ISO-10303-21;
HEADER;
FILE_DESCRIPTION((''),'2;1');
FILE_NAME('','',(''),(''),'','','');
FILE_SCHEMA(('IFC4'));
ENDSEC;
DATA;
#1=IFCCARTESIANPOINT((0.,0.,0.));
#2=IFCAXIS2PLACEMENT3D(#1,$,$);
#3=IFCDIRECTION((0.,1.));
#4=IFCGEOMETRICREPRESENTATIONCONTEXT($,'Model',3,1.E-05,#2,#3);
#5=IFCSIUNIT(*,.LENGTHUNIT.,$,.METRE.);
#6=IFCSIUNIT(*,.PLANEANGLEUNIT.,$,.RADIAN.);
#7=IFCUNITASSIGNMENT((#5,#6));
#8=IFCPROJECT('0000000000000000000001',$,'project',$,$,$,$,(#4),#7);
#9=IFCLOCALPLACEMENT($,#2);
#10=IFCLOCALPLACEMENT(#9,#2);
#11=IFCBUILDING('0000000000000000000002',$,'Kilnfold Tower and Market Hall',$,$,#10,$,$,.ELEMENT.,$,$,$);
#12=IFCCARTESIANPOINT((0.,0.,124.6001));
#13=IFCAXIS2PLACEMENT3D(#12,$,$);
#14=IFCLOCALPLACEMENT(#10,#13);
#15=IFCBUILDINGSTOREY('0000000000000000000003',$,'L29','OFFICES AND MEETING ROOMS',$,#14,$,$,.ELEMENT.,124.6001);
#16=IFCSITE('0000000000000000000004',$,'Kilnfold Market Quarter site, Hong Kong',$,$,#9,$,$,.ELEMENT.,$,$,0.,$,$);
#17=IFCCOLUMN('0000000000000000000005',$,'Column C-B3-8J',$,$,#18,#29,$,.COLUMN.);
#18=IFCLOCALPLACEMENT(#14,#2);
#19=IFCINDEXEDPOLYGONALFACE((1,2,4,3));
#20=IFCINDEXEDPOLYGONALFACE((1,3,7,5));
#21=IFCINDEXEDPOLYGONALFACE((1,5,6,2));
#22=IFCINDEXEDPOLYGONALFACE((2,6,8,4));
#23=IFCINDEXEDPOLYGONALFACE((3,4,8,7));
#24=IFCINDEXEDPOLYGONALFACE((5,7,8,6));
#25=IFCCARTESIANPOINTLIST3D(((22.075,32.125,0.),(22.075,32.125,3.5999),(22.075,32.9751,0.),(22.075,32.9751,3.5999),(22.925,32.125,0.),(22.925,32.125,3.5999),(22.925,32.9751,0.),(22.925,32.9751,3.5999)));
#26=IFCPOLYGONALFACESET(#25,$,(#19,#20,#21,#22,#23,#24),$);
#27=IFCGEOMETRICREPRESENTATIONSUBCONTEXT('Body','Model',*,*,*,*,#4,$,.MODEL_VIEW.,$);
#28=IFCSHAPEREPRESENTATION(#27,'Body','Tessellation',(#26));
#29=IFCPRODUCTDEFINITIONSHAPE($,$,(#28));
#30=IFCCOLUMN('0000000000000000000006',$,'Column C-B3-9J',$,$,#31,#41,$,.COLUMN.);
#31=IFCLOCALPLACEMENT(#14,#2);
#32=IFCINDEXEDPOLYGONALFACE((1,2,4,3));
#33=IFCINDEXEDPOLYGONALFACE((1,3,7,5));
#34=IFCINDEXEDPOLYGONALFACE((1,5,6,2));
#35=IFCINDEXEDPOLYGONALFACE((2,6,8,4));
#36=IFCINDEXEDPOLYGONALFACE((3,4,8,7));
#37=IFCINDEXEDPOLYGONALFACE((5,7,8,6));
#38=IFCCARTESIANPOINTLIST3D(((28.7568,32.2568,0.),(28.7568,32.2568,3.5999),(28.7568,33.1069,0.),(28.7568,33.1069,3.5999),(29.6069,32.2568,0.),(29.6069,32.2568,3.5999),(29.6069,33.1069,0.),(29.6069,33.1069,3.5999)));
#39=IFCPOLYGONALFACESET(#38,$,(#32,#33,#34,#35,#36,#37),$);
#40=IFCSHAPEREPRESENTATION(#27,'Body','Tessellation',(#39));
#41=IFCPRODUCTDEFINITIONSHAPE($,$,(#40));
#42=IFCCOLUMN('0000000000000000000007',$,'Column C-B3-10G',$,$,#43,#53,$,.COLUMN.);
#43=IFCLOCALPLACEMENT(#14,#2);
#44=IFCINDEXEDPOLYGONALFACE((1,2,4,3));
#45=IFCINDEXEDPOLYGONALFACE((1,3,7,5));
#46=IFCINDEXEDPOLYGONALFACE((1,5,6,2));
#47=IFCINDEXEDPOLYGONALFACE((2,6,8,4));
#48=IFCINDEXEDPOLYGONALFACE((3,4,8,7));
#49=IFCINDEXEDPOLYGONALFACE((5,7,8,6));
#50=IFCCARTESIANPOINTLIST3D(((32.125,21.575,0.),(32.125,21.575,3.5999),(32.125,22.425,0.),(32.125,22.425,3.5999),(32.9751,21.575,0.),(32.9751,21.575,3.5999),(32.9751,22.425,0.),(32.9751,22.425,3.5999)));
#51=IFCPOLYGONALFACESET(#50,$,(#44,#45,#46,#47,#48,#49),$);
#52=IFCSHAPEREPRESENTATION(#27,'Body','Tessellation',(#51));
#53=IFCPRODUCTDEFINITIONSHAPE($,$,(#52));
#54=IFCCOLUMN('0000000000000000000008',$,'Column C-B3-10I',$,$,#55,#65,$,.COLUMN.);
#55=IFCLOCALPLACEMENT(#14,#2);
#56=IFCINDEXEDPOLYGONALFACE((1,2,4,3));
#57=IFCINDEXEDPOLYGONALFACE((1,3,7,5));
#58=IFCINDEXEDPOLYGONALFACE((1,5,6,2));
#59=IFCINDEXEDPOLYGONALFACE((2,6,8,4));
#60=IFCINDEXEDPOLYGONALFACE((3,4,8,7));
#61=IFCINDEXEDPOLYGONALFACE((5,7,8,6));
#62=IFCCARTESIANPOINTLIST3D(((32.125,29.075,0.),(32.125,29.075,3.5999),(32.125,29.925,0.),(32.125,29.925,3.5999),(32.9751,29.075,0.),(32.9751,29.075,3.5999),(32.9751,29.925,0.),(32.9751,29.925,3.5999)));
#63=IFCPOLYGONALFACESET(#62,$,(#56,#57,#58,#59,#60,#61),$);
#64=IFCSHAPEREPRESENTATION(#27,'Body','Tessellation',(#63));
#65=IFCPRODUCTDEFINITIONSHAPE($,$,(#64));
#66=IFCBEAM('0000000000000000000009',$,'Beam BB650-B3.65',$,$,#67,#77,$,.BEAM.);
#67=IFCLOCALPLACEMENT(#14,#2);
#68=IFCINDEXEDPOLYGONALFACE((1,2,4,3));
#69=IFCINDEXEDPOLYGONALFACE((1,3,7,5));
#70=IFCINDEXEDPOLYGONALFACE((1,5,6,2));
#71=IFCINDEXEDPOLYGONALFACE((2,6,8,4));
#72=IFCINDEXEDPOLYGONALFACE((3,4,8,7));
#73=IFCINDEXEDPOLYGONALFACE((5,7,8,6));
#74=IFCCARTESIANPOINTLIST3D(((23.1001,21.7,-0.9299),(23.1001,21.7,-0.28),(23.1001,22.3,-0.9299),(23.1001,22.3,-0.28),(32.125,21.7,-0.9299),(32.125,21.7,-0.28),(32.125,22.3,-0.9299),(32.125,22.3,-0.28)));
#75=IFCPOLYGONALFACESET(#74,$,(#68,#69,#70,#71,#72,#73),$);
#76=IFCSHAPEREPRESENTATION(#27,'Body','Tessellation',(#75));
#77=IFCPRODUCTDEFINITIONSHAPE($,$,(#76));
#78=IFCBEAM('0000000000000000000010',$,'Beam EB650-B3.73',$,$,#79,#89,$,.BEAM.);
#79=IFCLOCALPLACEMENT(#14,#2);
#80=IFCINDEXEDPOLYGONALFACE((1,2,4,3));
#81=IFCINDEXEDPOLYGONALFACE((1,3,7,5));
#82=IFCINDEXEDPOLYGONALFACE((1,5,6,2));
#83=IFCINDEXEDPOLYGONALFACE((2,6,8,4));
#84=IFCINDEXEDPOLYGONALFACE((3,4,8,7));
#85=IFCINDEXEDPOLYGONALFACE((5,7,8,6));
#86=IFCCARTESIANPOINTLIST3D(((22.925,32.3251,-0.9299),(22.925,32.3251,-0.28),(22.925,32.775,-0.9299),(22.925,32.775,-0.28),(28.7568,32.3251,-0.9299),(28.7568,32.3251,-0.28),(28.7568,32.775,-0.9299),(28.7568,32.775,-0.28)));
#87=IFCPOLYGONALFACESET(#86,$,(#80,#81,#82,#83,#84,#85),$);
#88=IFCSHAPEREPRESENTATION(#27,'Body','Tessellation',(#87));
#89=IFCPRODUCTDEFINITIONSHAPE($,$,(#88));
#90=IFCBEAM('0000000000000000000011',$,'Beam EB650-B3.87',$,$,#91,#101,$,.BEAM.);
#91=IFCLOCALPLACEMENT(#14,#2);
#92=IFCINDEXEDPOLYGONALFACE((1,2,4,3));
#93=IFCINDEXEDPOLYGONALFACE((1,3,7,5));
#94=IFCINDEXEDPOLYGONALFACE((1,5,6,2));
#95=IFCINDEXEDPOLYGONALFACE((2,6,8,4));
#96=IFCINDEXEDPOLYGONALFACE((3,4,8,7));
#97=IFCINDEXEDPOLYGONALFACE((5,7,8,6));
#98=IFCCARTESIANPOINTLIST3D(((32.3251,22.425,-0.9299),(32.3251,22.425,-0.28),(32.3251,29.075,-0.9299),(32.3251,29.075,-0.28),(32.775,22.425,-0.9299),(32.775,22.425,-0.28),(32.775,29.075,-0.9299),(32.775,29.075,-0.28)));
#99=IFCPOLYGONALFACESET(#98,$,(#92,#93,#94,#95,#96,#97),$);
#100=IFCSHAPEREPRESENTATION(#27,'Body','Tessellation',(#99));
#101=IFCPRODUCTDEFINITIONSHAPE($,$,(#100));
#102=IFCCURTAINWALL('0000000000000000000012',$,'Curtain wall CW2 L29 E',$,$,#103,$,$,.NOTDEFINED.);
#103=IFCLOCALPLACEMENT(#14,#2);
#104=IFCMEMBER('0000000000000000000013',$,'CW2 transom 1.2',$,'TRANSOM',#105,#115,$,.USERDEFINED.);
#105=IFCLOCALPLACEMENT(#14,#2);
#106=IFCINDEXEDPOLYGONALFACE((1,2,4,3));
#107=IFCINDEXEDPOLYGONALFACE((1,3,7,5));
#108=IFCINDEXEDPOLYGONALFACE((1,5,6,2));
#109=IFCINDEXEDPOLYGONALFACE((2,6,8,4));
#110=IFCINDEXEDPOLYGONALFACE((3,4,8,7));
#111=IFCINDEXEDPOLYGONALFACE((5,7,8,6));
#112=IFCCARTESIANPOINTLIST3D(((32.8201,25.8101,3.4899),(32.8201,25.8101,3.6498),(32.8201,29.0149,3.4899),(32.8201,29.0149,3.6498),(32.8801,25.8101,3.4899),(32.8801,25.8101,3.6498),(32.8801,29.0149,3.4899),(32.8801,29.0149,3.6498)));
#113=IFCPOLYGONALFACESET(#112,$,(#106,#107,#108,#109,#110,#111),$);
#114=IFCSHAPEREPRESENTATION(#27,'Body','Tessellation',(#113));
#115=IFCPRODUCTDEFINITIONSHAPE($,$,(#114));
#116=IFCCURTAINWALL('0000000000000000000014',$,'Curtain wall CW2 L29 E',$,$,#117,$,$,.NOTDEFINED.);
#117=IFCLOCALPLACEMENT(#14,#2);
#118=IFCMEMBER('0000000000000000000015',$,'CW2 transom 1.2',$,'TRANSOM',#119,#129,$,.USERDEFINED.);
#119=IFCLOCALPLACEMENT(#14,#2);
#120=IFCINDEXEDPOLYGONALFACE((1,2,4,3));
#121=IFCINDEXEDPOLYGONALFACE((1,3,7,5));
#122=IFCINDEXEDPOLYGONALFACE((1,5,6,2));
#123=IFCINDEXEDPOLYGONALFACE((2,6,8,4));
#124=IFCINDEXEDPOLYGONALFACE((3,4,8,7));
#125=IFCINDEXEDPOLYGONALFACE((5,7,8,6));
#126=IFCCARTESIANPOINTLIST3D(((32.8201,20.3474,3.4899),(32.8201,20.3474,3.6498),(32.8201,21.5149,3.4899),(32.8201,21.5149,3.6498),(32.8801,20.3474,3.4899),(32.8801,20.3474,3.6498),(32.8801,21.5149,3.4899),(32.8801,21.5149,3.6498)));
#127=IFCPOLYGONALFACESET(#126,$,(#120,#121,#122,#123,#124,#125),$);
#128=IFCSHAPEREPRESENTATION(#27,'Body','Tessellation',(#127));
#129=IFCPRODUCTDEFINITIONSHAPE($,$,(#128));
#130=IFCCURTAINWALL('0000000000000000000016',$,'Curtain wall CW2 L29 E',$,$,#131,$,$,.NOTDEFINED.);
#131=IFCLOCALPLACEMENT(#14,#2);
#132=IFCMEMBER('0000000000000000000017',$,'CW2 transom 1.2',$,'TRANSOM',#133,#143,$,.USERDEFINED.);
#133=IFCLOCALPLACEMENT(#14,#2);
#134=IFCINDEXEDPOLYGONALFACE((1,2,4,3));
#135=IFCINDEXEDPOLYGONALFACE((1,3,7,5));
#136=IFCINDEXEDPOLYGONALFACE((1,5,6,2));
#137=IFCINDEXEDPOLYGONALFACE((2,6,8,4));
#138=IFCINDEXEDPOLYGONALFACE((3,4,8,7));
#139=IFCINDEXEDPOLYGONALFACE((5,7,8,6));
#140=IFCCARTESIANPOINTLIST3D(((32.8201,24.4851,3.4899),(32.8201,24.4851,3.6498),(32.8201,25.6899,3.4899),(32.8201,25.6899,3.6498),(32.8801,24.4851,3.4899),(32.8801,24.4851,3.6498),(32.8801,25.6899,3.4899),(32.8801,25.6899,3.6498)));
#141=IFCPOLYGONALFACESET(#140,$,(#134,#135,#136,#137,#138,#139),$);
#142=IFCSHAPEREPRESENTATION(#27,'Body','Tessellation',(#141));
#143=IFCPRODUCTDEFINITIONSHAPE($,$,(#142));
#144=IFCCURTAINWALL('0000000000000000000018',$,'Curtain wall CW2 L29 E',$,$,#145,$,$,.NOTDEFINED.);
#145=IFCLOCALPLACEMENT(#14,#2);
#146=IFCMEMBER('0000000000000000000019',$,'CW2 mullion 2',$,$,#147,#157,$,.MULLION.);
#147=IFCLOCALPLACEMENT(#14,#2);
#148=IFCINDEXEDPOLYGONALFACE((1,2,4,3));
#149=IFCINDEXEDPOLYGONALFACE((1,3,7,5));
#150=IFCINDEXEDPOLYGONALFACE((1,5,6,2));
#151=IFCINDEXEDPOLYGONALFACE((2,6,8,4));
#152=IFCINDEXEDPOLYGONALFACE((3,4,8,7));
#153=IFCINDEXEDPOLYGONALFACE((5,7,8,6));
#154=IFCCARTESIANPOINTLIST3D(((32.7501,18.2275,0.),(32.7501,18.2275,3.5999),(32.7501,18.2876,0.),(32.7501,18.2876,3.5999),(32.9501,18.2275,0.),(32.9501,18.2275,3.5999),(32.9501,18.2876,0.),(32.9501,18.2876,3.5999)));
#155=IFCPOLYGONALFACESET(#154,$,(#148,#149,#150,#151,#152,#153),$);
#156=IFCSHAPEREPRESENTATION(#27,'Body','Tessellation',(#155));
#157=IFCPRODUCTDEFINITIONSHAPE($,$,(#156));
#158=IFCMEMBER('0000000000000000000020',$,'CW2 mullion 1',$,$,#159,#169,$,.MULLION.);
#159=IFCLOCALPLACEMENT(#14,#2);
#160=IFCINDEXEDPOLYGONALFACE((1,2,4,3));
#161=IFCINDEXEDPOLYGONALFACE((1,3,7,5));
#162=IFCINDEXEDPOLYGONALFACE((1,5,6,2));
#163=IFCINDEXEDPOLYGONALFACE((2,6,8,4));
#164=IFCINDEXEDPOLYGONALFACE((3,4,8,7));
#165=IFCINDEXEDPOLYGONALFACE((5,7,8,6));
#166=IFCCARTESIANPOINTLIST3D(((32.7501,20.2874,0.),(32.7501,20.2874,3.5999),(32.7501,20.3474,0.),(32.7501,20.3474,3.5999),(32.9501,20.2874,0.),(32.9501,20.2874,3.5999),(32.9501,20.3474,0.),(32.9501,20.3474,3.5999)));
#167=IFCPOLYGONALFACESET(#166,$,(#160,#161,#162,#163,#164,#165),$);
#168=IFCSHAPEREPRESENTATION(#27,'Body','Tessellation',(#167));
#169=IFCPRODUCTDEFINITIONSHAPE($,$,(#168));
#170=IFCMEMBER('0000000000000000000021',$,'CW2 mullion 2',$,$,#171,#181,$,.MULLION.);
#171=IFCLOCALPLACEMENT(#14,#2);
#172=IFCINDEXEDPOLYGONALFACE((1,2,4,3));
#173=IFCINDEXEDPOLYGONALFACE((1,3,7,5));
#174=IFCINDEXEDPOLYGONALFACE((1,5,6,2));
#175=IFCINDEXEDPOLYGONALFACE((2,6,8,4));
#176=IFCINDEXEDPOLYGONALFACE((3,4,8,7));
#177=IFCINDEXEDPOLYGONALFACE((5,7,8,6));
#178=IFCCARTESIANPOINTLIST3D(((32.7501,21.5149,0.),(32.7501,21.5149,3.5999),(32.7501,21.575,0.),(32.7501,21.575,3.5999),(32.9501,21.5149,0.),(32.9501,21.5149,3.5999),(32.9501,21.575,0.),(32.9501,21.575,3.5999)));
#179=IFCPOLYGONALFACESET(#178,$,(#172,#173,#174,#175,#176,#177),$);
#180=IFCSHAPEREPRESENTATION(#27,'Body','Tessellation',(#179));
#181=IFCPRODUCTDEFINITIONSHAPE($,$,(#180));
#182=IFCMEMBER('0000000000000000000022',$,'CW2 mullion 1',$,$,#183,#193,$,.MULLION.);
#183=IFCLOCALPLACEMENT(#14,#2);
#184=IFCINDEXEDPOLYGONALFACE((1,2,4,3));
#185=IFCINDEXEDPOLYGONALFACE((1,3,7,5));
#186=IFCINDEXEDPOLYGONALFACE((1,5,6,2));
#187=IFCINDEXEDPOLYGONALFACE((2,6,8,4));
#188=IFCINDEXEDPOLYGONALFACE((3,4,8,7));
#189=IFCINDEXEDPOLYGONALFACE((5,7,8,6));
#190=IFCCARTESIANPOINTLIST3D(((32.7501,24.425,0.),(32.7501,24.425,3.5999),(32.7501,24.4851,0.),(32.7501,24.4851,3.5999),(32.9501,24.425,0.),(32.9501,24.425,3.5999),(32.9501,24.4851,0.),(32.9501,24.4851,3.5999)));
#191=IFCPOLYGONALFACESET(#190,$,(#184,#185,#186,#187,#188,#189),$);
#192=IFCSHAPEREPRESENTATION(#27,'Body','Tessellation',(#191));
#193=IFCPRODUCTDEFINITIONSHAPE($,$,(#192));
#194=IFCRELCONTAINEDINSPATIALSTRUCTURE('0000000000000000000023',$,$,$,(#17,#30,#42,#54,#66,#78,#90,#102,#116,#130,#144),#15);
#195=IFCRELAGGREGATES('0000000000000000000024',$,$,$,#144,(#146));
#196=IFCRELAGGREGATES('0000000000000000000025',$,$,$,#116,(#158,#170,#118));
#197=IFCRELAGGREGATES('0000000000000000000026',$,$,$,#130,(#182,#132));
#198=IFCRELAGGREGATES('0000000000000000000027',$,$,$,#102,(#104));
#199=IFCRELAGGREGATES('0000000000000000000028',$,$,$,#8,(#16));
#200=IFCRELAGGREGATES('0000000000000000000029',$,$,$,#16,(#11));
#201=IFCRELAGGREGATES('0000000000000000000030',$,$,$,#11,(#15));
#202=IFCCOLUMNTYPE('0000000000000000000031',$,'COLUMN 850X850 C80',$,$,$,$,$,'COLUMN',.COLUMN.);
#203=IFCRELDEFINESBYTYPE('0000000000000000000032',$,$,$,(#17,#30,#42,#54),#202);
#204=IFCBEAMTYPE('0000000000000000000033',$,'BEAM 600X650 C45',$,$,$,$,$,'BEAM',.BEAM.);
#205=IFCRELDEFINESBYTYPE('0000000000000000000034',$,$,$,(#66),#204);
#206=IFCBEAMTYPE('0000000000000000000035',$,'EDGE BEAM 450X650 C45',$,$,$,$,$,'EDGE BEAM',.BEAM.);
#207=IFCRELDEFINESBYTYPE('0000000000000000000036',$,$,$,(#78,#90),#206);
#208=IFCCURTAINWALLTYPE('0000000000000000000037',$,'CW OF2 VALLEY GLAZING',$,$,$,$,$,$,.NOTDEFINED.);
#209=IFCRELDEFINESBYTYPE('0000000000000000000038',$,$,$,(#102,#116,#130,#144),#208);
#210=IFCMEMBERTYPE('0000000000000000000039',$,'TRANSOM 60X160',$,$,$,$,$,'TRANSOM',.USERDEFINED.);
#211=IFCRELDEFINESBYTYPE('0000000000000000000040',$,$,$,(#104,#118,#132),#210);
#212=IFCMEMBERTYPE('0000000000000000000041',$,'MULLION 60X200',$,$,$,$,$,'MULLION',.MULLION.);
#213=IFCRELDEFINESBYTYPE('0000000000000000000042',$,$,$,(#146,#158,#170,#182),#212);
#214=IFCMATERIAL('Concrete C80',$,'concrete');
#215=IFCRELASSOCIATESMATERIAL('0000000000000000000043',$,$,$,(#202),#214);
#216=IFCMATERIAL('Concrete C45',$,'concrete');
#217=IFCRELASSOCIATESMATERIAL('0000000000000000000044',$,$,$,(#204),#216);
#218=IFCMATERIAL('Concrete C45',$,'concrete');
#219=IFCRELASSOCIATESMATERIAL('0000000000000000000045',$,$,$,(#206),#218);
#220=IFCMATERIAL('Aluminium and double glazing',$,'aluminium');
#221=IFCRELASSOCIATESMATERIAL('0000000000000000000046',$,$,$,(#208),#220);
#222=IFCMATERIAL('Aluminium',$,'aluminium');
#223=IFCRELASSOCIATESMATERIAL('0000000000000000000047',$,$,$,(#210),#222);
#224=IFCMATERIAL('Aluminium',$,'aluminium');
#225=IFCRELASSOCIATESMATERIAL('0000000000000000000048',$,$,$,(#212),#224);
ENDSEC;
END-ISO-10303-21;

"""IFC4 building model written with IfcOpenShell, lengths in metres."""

from ifc_helpers import new_model, si_unit, direction, frame, origin, origin_2d, place, context, subcontext, project, spatial, rectangle, extrude, source, transform, mapped, material, material_profile, profile_set, type_object, element, aggregate, save


model = new_model("IFC4")

# Units and contexts
model_context = context("Model", 3, precision=1e-05, world=origin(), true_north=direction((0.0, 1.0)))
body_context = subcontext(model_context, "Body", "Model", "MODEL_VIEW")
ifc_project = project(units=[si_unit("LENGTHUNIT", "METRE"), si_unit("PLANEANGLEUNIT", "RADIAN")], contexts=[model_context])

# Site, building, storey
site_placement = place(None, origin())
site = spatial("IfcSite", under=ifc_project, at=site_placement, Name="Kilnfold Market Quarter site, Hong Kong", CompositionType="ELEMENT", RefElevation=0.0)
building_placement = place(site_placement, origin())
building = spatial("IfcBuilding", under=site, at=building_placement, Name="Kilnfold Tower and Market Hall", CompositionType="ELEMENT")
storey_placement = place(building_placement, frame((0.0, 0.0, 124.6001)))
storey = spatial("IfcBuildingStorey", under=building, at=storey_placement, Name="L29", Description="OFFICES AND MEETING ROOMS", CompositionType="ELEMENT", Elevation=124.6001)

# Columns
ifc_material_1 = material(Name="Concrete C80", Category="concrete")
ifc_material_profile_1 = material_profile(ifc_material_1, rectangle(XDim=0.8501, YDim=0.8501, at=origin_2d()), Name="RC 850x850")
ifc_profile_set_1 = profile_set([ifc_material_profile_1], Name="Concrete C80")
column_type = type_object("IfcColumnType", Name="COLUMN 850X850 C80", ElementType="COLUMN", PredefinedType="COLUMN", material=ifc_profile_set_1)
shared_shape_1 = source(origin(), body_context, "Body", "SweptSolid", [
    extrude(rectangle(XDim=0.8501, YDim=0.8501, at=origin_2d()), origin(), (0.0, 0.0, 1.0), 3.5999),
])
for number, where, z_axis, x_axis, name in (
    (1, (22.5, 32.55, 0.0), (0.0, 0.0, 1.0), (1.0, 0.0, 0.0), "Column C-B3-8J"),
    (2, (29.1819, 32.6819, 0.0), (0.0, 0.0, 1.0), (1.0, 0.0, 0.0), "Column C-B3-9J"),
    (3, (32.55, 22.0, 0.0), (0.0, 0.0, 1.0), (1.0, 0.0, 0.0), "Column C-B3-10G"),
    (4, (32.55, 29.5, 0.0), (0.0, 0.0, 1.0), (1.0, 0.0, 0.0), "Column C-B3-10I"),
):
    element("IfcColumn", number, at=place(storey_placement, frame(where, z_axis=z_axis, x_axis=x_axis)), inside=storey, type_object=column_type, Name=name, PredefinedType="COLUMN", context=body_context, shape_type="MappedRepresentation", body=[
        mapped(shared_shape_1, transform((0.0, 0.0, 0.0))),
    ])

# Beams
ifc_material_2 = material(Name="Concrete C45", Category="concrete")
ifc_material_profile_2 = material_profile(ifc_material_2, rectangle(XDim=0.6001, YDim=0.6499, at=origin_2d()), Name="RC 600x650")
ifc_profile_set_2 = profile_set([ifc_material_profile_2], Name="Concrete C45")
beam_type_1 = type_object("IfcBeamType", Name="BEAM 600X650 C45", ElementType="BEAM", PredefinedType="BEAM", material=ifc_profile_set_2)
shared_shape_2 = source(origin(), body_context, "Body", "SweptSolid", [
    extrude(rectangle(XDim=0.6001, YDim=0.6499, at=origin_2d()), origin(), (0.0, 0.0, 1.0), 9.0249),
])
beam_1_placement = place(storey_placement, frame((23.1001, 22.0, -0.605), z_axis=(1.0, 0.0, 0.0), x_axis=(0.0, 1.0, 0.0)))
element("IfcBeam", 5, at=beam_1_placement, inside=storey, type_object=beam_type_1, Name="Beam BB650-B3.65", PredefinedType="BEAM", context=body_context, shape_type="MappedRepresentation", body=[
    mapped(shared_shape_2, transform((0.0, 0.0, 0.0))),
])
ifc_material_3 = material(Name="Concrete C45", Category="concrete")
ifc_material_profile_3 = material_profile(ifc_material_3, rectangle(XDim=0.45, YDim=0.6499, at=origin_2d()), Name="RC 450x650")
ifc_profile_set_3 = profile_set([ifc_material_profile_3], Name="Concrete C45")
beam_type_2 = type_object("IfcBeamType", Name="EDGE BEAM 450X650 C45", ElementType="EDGE BEAM", PredefinedType="BEAM", material=ifc_profile_set_3)
shared_shape_3 = source(origin(), body_context, "Body", "SweptSolid", [
    extrude(rectangle(XDim=0.45, YDim=0.6499, at=origin_2d()), origin(), (0.0, 0.0, 1.0), 5.8318),
])
beam_2_placement = place(storey_placement, frame((22.925, 32.55, -0.605), z_axis=(1.0, 0.0, 0.0), x_axis=(0.0, 1.0, 0.0)))
element("IfcBeam", 6, at=beam_2_placement, inside=storey, type_object=beam_type_2, Name="Beam EB650-B3.73", PredefinedType="BEAM", context=body_context, shape_type="MappedRepresentation", body=[
    mapped(shared_shape_3, transform((0.0, 0.0, 0.0))),
])
shared_shape_4 = source(origin(), body_context, "Body", "SweptSolid", [
    extrude(rectangle(XDim=0.45, YDim=0.6499, at=origin_2d()), origin(), (0.0, 0.0, 1.0), 6.6499),
])
beam_3_placement = place(storey_placement, frame((32.55, 22.425, -0.605), z_axis=(0.0, 1.0, 0.0), x_axis=(-1.0, 0.0, 0.0)))
element("IfcBeam", 7, at=beam_3_placement, inside=storey, type_object=beam_type_2, Name="Beam EB650-B3.87", PredefinedType="BEAM", context=body_context, shape_type="MappedRepresentation", body=[
    mapped(shared_shape_4, transform((0.0, 0.0, 0.0))),
])

# Curtain walls, members
ifc_material_4 = material(Name="Aluminium and double glazing", Category="aluminium")
curtain_wall_type = type_object("IfcCurtainWallType", Name="CW OF2 VALLEY GLAZING", PredefinedType="NOTDEFINED", material=ifc_material_4)
curtain_wall_1_placement = place(storey_placement, origin())
curtain_wall_1 = element("IfcCurtainWall", 8, at=curtain_wall_1_placement, inside=storey, type_object=curtain_wall_type, Name="Curtain wall CW2 L29 E", PredefinedType="NOTDEFINED")
ifc_material_5 = material(Name="Aluminium", Category="aluminium")
ifc_material_profile_4 = material_profile(ifc_material_5, rectangle(XDim=0.0601, YDim=0.1599, at=origin_2d()), Name="TRANSOM 60x160")
ifc_profile_set_4 = profile_set([ifc_material_profile_4], Name="Aluminium")
member_type_1 = type_object("IfcMemberType", Name="TRANSOM 60X160", ElementType="TRANSOM", PredefinedType="USERDEFINED", material=ifc_profile_set_4)
shared_shape_5 = source(origin(), body_context, "Body", "SweptSolid", [
    extrude(rectangle(XDim=0.0601, YDim=0.1599, at=origin_2d()), origin(), (0.0, 0.0, 1.0), 3.2048),
])
member_1_placement = place(storey_placement, frame((32.8501, 25.8101, 3.5698), z_axis=(0.0, 1.0, 0.0), x_axis=(-1.0, 0.0, 0.0)))
member_1 = element("IfcMember", 9, at=member_1_placement, type_object=member_type_1, Name="CW2 transom 1.2", ObjectType="TRANSOM", PredefinedType="USERDEFINED", context=body_context, shape_type="MappedRepresentation", body=[
    mapped(shared_shape_5, transform((0.0, 0.0, 0.0))),
])
curtain_wall_2_placement = place(storey_placement, origin())
curtain_wall_2 = element("IfcCurtainWall", 10, at=curtain_wall_2_placement, inside=storey, type_object=curtain_wall_type, Name="Curtain wall CW2 L29 E", PredefinedType="NOTDEFINED")
shared_shape_6 = source(origin(), body_context, "Body", "SweptSolid", [
    extrude(rectangle(XDim=0.0601, YDim=0.1599, at=origin_2d()), origin(), (0.0, 0.0, 1.0), 1.1675),
])
member_2_placement = place(storey_placement, frame((32.8501, 20.3474, 3.5698), z_axis=(0.0, 1.0, 0.0), x_axis=(-1.0, 0.0, 0.0)))
member_2 = element("IfcMember", 11, at=member_2_placement, type_object=member_type_1, Name="CW2 transom 1.2", ObjectType="TRANSOM", PredefinedType="USERDEFINED", context=body_context, shape_type="MappedRepresentation", body=[
    mapped(shared_shape_6, transform((0.0, 0.0, 0.0))),
])
curtain_wall_3_placement = place(storey_placement, origin())
curtain_wall_3 = element("IfcCurtainWall", 12, at=curtain_wall_3_placement, inside=storey, type_object=curtain_wall_type, Name="Curtain wall CW2 L29 E", PredefinedType="NOTDEFINED")
shared_shape_7 = source(origin(), body_context, "Body", "SweptSolid", [
    extrude(rectangle(XDim=0.0601, YDim=0.1599, at=origin_2d()), origin(), (0.0, 0.0, 1.0), 1.2048),
])
member_3_placement = place(storey_placement, frame((32.8501, 24.4851, 3.5698), z_axis=(0.0, 1.0, 0.0), x_axis=(-1.0, 0.0, 0.0)))
member_3 = element("IfcMember", 13, at=member_3_placement, type_object=member_type_1, Name="CW2 transom 1.2", ObjectType="TRANSOM", PredefinedType="USERDEFINED", context=body_context, shape_type="MappedRepresentation", body=[
    mapped(shared_shape_7, transform((0.0, 0.0, 0.0))),
])
curtain_wall_4_placement = place(storey_placement, origin())
curtain_wall_4 = element("IfcCurtainWall", 14, at=curtain_wall_4_placement, inside=storey, type_object=curtain_wall_type, Name="Curtain wall CW2 L29 E", PredefinedType="NOTDEFINED")
ifc_material_6 = material(Name="Aluminium", Category="aluminium")
ifc_material_profile_5 = material_profile(ifc_material_6, rectangle(XDim=0.0601, YDim=0.2, at=origin_2d()), Name="MULLION 60x200")
ifc_profile_set_5 = profile_set([ifc_material_profile_5], Name="Aluminium")
member_type_2 = type_object("IfcMemberType", Name="MULLION 60X200", ElementType="MULLION", PredefinedType="MULLION", material=ifc_profile_set_5)
shared_shape_8 = source(origin(), body_context, "Body", "SweptSolid", [
    extrude(rectangle(XDim=0.0601, YDim=0.2, at=origin_2d()), origin(), (0.0, 0.0, 1.0), 3.5999),
])
member_4_placement = place(storey_placement, frame((32.8501, 18.2576, 0.0), z_axis=(0.0, 0.0, 1.0), x_axis=(0.0, 1.0, 0.0)))
member_4 = element("IfcMember", 15, at=member_4_placement, type_object=member_type_2, Name="CW2 mullion 2", PredefinedType="MULLION", context=body_context, shape_type="MappedRepresentation", body=[
    mapped(shared_shape_8, transform((0.0, 0.0, 0.0))),
])

# Members
member_5_placement = place(storey_placement, frame((32.8501, 20.3174, 0.0), z_axis=(0.0, 0.0, 1.0), x_axis=(0.0, 1.0, 0.0)))
member_5 = element("IfcMember", 16, at=member_5_placement, type_object=member_type_2, Name="CW2 mullion 1", PredefinedType="MULLION", context=body_context, shape_type="MappedRepresentation", body=[
    mapped(shared_shape_8, transform((0.0, 0.0, 0.0))),
])
member_6_placement = place(storey_placement, frame((32.8501, 21.5449, 0.0), z_axis=(0.0, 0.0, 1.0), x_axis=(0.0, 1.0, 0.0)))
member_6 = element("IfcMember", 17, at=member_6_placement, type_object=member_type_2, Name="CW2 mullion 2", PredefinedType="MULLION", context=body_context, shape_type="MappedRepresentation", body=[
    mapped(shared_shape_8, transform((0.0, 0.0, 0.0))),
])
member_7_placement = place(storey_placement, frame((32.8501, 24.4551, 0.0), z_axis=(0.0, 0.0, 1.0), x_axis=(0.0, 1.0, 0.0)))
member_7 = element("IfcMember", 18, at=member_7_placement, type_object=member_type_2, Name="CW2 mullion 1", PredefinedType="MULLION", context=body_context, shape_type="MappedRepresentation", body=[
    mapped(shared_shape_8, transform((0.0, 0.0, 0.0))),
])

aggregate(curtain_wall_4, [member_4])
aggregate(curtain_wall_2, [member_5, member_6, member_2])
aggregate(curtain_wall_3, [member_7, member_3])
aggregate(curtain_wall_1, [member_1])

save(model, "model.ifc")
